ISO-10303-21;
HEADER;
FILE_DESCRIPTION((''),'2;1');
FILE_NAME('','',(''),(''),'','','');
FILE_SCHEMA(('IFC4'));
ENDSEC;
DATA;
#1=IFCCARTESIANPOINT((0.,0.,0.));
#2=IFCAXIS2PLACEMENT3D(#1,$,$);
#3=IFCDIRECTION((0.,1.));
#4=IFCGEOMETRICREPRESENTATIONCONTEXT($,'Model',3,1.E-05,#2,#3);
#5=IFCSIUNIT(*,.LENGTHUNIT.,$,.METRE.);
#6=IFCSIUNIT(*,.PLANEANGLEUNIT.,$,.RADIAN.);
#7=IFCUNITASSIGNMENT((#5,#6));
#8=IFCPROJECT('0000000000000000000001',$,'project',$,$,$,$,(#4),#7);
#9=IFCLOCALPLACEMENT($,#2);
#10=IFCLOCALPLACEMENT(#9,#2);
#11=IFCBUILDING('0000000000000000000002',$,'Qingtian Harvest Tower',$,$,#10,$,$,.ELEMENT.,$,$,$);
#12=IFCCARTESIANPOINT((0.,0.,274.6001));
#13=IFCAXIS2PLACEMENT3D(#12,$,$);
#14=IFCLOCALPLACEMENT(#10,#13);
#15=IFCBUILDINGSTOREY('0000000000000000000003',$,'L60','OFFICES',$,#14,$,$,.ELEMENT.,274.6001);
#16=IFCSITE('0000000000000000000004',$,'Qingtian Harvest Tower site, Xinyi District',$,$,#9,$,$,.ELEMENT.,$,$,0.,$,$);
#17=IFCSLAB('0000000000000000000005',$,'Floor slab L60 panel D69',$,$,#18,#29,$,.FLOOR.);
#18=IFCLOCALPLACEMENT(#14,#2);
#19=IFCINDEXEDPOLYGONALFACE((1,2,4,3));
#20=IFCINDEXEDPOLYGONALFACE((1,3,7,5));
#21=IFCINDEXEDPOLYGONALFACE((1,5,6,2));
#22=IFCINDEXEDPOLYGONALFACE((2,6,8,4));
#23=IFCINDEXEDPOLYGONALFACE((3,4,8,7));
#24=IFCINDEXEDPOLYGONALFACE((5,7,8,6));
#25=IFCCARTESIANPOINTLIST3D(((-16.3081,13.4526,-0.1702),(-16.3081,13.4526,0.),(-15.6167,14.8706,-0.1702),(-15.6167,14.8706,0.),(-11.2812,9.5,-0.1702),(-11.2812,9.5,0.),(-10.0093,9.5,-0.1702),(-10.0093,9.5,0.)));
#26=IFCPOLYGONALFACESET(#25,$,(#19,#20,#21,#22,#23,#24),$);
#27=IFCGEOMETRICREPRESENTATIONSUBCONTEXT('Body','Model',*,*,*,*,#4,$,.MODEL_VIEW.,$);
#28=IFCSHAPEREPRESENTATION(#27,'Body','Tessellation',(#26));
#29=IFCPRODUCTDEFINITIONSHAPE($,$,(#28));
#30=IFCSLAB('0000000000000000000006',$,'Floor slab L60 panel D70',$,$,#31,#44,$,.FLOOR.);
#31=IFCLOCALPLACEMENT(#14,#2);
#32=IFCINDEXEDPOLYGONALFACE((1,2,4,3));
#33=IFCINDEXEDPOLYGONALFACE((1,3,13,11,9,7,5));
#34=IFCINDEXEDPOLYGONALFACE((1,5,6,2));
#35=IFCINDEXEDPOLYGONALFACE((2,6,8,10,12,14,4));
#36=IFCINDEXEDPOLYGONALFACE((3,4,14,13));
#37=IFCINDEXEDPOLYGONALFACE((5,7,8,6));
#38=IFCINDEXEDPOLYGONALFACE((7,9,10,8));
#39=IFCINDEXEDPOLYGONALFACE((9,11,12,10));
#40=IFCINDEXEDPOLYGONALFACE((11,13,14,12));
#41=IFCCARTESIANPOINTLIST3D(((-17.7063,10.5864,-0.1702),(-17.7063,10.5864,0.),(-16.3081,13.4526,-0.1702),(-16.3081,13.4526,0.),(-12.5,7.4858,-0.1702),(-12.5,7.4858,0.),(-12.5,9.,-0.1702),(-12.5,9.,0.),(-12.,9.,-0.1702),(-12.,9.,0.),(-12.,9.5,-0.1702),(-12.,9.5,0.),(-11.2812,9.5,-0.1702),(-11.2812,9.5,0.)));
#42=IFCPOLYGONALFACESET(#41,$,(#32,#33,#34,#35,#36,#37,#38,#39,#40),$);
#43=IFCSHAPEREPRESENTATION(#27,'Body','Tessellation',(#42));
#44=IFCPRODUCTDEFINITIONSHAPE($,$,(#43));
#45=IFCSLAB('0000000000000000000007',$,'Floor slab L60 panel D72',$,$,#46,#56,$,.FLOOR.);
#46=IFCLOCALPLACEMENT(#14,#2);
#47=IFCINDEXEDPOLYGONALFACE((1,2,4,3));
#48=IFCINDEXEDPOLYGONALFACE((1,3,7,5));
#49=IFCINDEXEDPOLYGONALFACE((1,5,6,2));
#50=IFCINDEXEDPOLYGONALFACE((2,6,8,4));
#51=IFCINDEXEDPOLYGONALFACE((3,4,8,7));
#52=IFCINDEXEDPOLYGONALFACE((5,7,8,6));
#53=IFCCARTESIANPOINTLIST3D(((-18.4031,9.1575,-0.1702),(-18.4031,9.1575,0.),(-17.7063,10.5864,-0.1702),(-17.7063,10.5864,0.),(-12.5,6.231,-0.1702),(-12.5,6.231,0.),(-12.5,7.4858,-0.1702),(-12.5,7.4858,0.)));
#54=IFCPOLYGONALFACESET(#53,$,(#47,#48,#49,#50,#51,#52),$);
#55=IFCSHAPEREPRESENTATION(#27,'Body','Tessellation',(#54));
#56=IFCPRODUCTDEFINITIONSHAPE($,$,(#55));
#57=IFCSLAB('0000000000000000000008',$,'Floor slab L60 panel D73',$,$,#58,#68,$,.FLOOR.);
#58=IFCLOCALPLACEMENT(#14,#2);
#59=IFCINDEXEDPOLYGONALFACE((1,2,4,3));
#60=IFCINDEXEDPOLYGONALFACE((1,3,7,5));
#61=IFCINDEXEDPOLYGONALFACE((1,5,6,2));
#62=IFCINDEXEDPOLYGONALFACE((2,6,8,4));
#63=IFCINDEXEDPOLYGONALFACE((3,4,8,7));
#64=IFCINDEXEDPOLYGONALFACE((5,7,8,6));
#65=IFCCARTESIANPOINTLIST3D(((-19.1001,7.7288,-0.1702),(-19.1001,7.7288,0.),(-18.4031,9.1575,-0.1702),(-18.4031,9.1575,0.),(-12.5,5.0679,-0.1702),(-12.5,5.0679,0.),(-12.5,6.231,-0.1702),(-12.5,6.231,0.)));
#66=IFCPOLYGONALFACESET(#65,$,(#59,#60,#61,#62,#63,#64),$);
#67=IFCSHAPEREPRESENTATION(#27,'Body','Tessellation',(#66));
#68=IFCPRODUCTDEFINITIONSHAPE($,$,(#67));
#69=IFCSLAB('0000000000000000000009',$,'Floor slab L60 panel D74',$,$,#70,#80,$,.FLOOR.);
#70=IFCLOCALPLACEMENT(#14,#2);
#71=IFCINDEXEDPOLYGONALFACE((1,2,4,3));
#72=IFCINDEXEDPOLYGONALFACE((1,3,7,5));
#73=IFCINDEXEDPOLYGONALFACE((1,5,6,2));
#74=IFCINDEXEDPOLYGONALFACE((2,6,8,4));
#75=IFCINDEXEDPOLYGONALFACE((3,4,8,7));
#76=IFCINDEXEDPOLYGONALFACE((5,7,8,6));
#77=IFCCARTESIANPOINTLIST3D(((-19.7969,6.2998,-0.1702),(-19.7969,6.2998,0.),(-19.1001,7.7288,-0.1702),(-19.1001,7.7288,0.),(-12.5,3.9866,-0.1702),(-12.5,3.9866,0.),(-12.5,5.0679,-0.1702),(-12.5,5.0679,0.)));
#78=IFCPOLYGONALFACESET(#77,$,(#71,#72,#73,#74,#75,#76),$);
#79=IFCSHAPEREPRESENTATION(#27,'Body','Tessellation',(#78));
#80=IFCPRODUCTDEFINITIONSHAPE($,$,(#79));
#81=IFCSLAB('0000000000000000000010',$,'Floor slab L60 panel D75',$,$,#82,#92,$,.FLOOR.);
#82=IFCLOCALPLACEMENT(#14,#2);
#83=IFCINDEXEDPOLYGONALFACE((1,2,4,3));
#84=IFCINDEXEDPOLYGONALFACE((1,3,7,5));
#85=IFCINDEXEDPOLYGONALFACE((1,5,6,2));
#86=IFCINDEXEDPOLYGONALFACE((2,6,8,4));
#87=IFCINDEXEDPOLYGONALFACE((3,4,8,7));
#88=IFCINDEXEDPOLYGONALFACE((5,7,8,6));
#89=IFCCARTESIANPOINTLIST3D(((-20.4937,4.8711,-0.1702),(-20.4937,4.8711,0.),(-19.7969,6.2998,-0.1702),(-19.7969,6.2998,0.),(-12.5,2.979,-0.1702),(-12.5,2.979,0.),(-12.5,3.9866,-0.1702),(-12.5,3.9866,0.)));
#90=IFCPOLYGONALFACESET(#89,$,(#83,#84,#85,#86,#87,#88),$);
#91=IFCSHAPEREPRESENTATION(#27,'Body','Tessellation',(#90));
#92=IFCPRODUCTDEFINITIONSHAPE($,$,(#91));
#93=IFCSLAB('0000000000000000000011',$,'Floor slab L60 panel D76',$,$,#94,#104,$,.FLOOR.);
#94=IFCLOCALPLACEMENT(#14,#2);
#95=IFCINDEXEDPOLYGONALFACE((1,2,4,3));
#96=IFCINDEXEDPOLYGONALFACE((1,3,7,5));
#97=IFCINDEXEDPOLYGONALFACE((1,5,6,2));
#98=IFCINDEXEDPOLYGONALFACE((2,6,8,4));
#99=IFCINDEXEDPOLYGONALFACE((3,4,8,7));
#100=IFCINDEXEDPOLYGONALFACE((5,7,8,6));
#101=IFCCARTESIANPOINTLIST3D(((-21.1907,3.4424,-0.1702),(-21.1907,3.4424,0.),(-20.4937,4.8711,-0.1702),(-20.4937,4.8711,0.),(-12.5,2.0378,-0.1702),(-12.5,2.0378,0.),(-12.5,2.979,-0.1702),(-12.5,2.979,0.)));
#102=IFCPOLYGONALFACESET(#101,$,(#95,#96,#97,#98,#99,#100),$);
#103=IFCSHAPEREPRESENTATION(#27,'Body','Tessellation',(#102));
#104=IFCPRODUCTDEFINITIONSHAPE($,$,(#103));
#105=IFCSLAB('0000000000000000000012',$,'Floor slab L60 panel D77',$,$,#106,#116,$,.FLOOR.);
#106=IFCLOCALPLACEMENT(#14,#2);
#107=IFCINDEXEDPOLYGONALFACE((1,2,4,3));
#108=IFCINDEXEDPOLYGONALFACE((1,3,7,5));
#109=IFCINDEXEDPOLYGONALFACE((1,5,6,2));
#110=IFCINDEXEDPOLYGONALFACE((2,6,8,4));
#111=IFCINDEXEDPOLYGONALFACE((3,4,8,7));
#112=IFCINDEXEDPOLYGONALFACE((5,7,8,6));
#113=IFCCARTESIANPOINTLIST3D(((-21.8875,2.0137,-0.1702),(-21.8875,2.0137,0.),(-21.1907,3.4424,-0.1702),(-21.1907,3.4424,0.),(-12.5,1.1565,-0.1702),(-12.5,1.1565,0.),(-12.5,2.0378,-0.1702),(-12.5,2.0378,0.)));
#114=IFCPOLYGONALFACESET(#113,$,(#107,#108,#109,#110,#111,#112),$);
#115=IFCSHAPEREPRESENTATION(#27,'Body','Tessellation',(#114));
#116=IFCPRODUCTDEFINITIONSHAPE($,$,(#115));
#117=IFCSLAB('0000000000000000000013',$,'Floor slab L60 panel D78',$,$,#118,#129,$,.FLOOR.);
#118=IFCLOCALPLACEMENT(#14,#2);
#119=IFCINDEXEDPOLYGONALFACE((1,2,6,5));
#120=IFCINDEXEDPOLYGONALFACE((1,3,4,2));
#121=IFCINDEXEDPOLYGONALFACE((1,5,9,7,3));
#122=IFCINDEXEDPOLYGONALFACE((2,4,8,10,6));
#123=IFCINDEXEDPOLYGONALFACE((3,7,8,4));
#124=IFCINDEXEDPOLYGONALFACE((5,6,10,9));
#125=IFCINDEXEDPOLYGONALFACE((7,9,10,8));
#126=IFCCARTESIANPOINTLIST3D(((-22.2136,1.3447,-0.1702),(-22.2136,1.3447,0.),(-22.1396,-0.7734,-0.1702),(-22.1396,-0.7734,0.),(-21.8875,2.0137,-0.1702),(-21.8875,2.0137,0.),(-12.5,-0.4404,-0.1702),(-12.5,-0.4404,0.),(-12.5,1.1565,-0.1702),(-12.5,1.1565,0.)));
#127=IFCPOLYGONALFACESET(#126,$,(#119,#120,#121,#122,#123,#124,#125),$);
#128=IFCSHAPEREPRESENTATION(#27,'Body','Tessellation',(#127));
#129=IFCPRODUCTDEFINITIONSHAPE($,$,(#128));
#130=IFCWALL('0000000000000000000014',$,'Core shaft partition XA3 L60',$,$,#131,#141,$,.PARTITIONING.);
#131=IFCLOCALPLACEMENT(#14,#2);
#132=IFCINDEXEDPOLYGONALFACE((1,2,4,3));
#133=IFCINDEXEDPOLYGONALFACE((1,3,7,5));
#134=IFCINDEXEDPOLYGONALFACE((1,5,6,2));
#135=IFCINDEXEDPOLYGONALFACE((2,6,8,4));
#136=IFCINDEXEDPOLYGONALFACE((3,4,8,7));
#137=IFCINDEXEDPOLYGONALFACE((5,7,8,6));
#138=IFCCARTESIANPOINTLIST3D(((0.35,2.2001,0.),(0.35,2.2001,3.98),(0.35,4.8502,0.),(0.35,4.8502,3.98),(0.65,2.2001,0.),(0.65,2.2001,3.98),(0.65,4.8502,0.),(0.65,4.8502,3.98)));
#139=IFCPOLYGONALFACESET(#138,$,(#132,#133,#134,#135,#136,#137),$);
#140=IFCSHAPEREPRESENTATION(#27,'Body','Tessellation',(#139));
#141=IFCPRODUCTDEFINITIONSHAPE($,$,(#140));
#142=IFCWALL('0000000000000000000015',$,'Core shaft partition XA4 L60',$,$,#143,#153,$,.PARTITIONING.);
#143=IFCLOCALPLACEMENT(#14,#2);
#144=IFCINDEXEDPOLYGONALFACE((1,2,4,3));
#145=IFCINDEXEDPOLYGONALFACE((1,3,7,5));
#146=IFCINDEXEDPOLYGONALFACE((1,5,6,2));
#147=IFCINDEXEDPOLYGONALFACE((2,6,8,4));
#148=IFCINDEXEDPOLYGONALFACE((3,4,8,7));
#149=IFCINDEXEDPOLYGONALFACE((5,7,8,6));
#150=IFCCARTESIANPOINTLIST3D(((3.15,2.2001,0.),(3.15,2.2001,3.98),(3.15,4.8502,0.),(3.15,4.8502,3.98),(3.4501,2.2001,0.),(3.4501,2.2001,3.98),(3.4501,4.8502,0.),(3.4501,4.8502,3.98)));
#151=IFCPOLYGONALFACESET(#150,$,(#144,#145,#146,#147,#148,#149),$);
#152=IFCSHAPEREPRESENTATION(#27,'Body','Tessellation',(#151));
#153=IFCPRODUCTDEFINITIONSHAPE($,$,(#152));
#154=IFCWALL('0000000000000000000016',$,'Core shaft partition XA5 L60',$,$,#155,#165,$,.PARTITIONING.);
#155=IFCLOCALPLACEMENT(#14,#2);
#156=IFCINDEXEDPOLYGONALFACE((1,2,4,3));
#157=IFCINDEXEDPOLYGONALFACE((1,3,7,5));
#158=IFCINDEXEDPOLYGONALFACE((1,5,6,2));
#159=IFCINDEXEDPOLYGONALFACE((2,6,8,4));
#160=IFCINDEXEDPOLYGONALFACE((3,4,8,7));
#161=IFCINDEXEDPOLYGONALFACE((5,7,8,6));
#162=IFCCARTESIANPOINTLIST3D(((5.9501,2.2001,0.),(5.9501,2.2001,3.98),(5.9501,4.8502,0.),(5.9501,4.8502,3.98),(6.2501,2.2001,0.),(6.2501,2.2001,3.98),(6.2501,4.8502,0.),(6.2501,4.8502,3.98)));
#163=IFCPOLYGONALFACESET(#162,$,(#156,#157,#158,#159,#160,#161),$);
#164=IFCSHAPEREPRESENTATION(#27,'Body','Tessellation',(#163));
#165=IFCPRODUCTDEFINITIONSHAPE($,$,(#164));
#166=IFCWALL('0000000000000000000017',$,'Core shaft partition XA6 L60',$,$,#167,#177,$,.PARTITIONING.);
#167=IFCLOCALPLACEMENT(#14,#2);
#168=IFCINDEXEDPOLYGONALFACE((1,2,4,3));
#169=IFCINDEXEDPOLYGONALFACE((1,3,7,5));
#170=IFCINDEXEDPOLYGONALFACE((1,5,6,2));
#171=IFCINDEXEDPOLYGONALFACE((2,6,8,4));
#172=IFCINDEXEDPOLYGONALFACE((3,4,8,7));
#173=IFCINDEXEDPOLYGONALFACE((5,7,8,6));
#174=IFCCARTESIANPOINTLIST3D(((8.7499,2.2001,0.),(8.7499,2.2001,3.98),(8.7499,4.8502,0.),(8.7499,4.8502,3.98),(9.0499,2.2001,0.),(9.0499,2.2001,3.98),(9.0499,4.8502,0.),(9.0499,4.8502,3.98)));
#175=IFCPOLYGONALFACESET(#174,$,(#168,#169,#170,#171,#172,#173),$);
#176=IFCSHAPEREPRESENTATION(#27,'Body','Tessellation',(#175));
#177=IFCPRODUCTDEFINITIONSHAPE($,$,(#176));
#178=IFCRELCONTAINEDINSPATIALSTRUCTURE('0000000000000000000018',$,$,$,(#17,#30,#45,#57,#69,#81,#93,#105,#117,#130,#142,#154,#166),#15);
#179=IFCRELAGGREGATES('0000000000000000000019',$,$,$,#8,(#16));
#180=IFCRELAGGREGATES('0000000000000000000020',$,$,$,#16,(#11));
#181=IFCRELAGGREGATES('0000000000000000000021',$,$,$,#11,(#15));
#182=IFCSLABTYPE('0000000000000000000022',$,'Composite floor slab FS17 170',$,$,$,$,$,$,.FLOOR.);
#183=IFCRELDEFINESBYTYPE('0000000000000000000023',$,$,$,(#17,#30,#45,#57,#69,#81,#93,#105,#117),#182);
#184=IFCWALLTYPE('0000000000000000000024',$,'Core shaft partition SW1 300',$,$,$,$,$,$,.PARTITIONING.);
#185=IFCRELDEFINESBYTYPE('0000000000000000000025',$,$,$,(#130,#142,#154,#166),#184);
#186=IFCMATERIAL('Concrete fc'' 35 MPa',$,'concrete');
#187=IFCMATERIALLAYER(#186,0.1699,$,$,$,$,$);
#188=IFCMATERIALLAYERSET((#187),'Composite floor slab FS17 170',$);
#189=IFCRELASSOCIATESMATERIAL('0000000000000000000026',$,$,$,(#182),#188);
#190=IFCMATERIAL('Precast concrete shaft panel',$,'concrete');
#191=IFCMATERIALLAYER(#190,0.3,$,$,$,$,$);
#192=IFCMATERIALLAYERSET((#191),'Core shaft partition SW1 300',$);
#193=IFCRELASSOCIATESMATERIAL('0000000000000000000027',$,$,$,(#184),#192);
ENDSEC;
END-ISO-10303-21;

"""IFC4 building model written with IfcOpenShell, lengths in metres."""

from ifc_helpers import new_model, si_unit, direction, frame, frame_2d, origin, place, context, subcontext, project, spatial, polyline, rectangle, outline, extrude, material, layer, layer_set, type_object, element, save


model = new_model("IFC4")

# Units and contexts
model_context = context("Model", 3, precision=1e-05, world=origin(), true_north=direction((0.0, 1.0)))
body_context = subcontext(model_context, "Body", "Model", "MODEL_VIEW")
ifc_project = project(units=[si_unit("LENGTHUNIT", "METRE"), si_unit("PLANEANGLEUNIT", "RADIAN")], contexts=[model_context])

# Site, building, storey
site_placement = place(None, origin())
site = spatial("IfcSite", under=ifc_project, at=site_placement, Name="Qingtian Harvest Tower site, Xinyi District", CompositionType="ELEMENT", RefElevation=0.0)
building_placement = place(site_placement, origin())
building = spatial("IfcBuilding", under=site, at=building_placement, Name="Qingtian Harvest Tower", CompositionType="ELEMENT")
storey_placement = place(building_placement, frame((0.0, 0.0, 274.6001)))
storey = spatial("IfcBuildingStorey", under=building, at=storey_placement, Name="L60", Description="OFFICES", CompositionType="ELEMENT", Elevation=274.6001)

# Slabs
ifc_material_1 = material(Name="Concrete fc' 35 MPa", Category="concrete")
ifc_layer_1 = layer(ifc_material_1, 0.1699)
ifc_layer_set_1 = layer_set([ifc_layer_1], Name="Composite floor slab FS17 170")
slab_type = type_object("IfcSlabType", Name="Composite floor slab FS17 170", PredefinedType="FLOOR", material=ifc_layer_set_1)
slab_1_placement = place(storey_placement, frame((0.0, 0.0, -0.1702)))
element("IfcSlab", 1, at=slab_1_placement, inside=storey, type_object=slab_type, Name="Floor slab L60 panel D69", PredefinedType="FLOOR", context=body_context, shape_type="SweptSolid", body=[
    extrude(outline(polyline([(-11.2812, 9.5), (-16.3081, 13.4526), (-15.6167, 14.8706), (-10.0093, 9.5), (-11.2812, 9.5)])), origin(), (0.0, 0.0, 1.0), 0.1702),
])
slab_2_placement = place(storey_placement, frame((0.0, 0.0, -0.1702)))
element("IfcSlab", 2, at=slab_2_placement, inside=storey, type_object=slab_type, Name="Floor slab L60 panel D70", PredefinedType="FLOOR", context=body_context, shape_type="SweptSolid", body=[
    extrude(outline(polyline([(-12.0, 9.0), (-12.5, 9.0), (-12.5, 7.4858), (-17.7063, 10.5864), (-16.3081, 13.4526), (-11.2812, 9.5), (-12.0, 9.5), (-12.0, 9.0)])), origin(), (0.0, 0.0, 1.0), 0.1702),
])
slab_3_placement = place(storey_placement, frame((0.0, 0.0, -0.1702)))
element("IfcSlab", 3, at=slab_3_placement, inside=storey, type_object=slab_type, Name="Floor slab L60 panel D72", PredefinedType="FLOOR", context=body_context, shape_type="SweptSolid", body=[
    extrude(outline(polyline([(-12.5, 6.231), (-18.4031, 9.1575), (-17.7063, 10.5864), (-12.5, 7.4858), (-12.5, 6.231)])), origin(), (0.0, 0.0, 1.0), 0.1702),
])
slab_4_placement = place(storey_placement, frame((0.0, 0.0, -0.1702)))
element("IfcSlab", 4, at=slab_4_placement, inside=storey, type_object=slab_type, Name="Floor slab L60 panel D73", PredefinedType="FLOOR", context=body_context, shape_type="SweptSolid", body=[
    extrude(outline(polyline([(-12.5, 5.0679), (-19.1001, 7.7288), (-18.4031, 9.1575), (-12.5, 6.231), (-12.5, 5.0679)])), origin(), (0.0, 0.0, 1.0), 0.1702),
])
slab_5_placement = place(storey_placement, frame((0.0, 0.0, -0.1702)))
element("IfcSlab", 5, at=slab_5_placement, inside=storey, type_object=slab_type, Name="Floor slab L60 panel D74", PredefinedType="FLOOR", context=body_context, shape_type="SweptSolid", body=[
    extrude(outline(polyline([(-12.5, 3.9866), (-19.7969, 6.2998), (-19.1001, 7.7288), (-12.5, 5.0679), (-12.5, 3.9866)])), origin(), (0.0, 0.0, 1.0), 0.1702),
])
slab_6_placement = place(storey_placement, frame((0.0, 0.0, -0.1702)))
element("IfcSlab", 6, at=slab_6_placement, inside=storey, type_object=slab_type, Name="Floor slab L60 panel D75", PredefinedType="FLOOR", context=body_context, shape_type="SweptSolid", body=[
    extrude(outline(polyline([(-12.5, 2.979), (-20.4937, 4.8711), (-19.7969, 6.2998), (-12.5, 3.9866), (-12.5, 2.979)])), origin(), (0.0, 0.0, 1.0), 0.1702),
])
slab_7_placement = place(storey_placement, frame((0.0, 0.0, -0.1702)))
element("IfcSlab", 7, at=slab_7_placement, inside=storey, type_object=slab_type, Name="Floor slab L60 panel D76", PredefinedType="FLOOR", context=body_context, shape_type="SweptSolid", body=[
    extrude(outline(polyline([(-12.5, 2.0378), (-21.1907, 3.4424), (-20.4937, 4.8711), (-12.5, 2.979), (-12.5, 2.0378)])), origin(), (0.0, 0.0, 1.0), 0.1702),
])
slab_8_placement = place(storey_placement, frame((0.0, 0.0, -0.1702)))
element("IfcSlab", 8, at=slab_8_placement, inside=storey, type_object=slab_type, Name="Floor slab L60 panel D77", PredefinedType="FLOOR", context=body_context, shape_type="SweptSolid", body=[
    extrude(outline(polyline([(-12.5, 1.1565), (-21.8875, 2.0137), (-21.1907, 3.4424), (-12.5, 2.0378), (-12.5, 1.1565)])), origin(), (0.0, 0.0, 1.0), 0.1702),
])
slab_9_placement = place(storey_placement, frame((0.0, 0.0, -0.1702)))
element("IfcSlab", 9, at=slab_9_placement, inside=storey, type_object=slab_type, Name="Floor slab L60 panel D78", PredefinedType="FLOOR", context=body_context, shape_type="SweptSolid", body=[
    extrude(outline(polyline([(-12.5, 1.1565), (-12.5, -0.4404), (-22.1396, -0.7734), (-22.2136, 1.3447), (-21.8875, 2.0137), (-12.5, 1.1565)])), origin(), (0.0, 0.0, 1.0), 0.1702),
])

# Shared definitions
ifc_material_2 = material(Name="Precast concrete shaft panel", Category="concrete")
ifc_layer_2 = layer(ifc_material_2, 0.3)
ifc_layer_set_2 = layer_set([ifc_layer_2], Name="Core shaft partition SW1 300")
wall_type_1 = type_object("IfcWallType", Name="Core shaft partition SW1 300", PredefinedType="PARTITIONING", material=ifc_layer_set_2)

# Walls
for number, where, z_axis, x_axis, name in (
    (10, (0.5, 2.2, 0.0), (0.0, 0.0, 1.0), (0.0, 1.0, 0.0), "Core shaft partition XA3 L60"),
    (11, (3.3, 2.2, 0.0), (0.0, 0.0, 1.0), (0.0, 1.0, 0.0), "Core shaft partition XA4 L60"),
    (12, (6.1001, 2.2, 0.0), (0.0, 0.0, 1.0), (0.0, 1.0, 0.0), "Core shaft partition XA5 L60"),
    (13, (8.8999, 2.2, 0.0), (0.0, 0.0, 1.0), (0.0, 1.0, 0.0), "Core shaft partition XA6 L60"),
):
    element("IfcWall", number, at=place(storey_placement, frame(where, z_axis=z_axis, x_axis=x_axis)), inside=storey, type_object=wall_type_1, Name=name, PredefinedType="PARTITIONING", context=body_context, shape_type="SweptSolid", body=[
        extrude(rectangle(XDim=2.6501, YDim=0.3, at=frame_2d((1.3252, 0.0))), origin(), (0.0, 0.0, 1.0), 3.98),
    ])

save(model, "model.ifc")
